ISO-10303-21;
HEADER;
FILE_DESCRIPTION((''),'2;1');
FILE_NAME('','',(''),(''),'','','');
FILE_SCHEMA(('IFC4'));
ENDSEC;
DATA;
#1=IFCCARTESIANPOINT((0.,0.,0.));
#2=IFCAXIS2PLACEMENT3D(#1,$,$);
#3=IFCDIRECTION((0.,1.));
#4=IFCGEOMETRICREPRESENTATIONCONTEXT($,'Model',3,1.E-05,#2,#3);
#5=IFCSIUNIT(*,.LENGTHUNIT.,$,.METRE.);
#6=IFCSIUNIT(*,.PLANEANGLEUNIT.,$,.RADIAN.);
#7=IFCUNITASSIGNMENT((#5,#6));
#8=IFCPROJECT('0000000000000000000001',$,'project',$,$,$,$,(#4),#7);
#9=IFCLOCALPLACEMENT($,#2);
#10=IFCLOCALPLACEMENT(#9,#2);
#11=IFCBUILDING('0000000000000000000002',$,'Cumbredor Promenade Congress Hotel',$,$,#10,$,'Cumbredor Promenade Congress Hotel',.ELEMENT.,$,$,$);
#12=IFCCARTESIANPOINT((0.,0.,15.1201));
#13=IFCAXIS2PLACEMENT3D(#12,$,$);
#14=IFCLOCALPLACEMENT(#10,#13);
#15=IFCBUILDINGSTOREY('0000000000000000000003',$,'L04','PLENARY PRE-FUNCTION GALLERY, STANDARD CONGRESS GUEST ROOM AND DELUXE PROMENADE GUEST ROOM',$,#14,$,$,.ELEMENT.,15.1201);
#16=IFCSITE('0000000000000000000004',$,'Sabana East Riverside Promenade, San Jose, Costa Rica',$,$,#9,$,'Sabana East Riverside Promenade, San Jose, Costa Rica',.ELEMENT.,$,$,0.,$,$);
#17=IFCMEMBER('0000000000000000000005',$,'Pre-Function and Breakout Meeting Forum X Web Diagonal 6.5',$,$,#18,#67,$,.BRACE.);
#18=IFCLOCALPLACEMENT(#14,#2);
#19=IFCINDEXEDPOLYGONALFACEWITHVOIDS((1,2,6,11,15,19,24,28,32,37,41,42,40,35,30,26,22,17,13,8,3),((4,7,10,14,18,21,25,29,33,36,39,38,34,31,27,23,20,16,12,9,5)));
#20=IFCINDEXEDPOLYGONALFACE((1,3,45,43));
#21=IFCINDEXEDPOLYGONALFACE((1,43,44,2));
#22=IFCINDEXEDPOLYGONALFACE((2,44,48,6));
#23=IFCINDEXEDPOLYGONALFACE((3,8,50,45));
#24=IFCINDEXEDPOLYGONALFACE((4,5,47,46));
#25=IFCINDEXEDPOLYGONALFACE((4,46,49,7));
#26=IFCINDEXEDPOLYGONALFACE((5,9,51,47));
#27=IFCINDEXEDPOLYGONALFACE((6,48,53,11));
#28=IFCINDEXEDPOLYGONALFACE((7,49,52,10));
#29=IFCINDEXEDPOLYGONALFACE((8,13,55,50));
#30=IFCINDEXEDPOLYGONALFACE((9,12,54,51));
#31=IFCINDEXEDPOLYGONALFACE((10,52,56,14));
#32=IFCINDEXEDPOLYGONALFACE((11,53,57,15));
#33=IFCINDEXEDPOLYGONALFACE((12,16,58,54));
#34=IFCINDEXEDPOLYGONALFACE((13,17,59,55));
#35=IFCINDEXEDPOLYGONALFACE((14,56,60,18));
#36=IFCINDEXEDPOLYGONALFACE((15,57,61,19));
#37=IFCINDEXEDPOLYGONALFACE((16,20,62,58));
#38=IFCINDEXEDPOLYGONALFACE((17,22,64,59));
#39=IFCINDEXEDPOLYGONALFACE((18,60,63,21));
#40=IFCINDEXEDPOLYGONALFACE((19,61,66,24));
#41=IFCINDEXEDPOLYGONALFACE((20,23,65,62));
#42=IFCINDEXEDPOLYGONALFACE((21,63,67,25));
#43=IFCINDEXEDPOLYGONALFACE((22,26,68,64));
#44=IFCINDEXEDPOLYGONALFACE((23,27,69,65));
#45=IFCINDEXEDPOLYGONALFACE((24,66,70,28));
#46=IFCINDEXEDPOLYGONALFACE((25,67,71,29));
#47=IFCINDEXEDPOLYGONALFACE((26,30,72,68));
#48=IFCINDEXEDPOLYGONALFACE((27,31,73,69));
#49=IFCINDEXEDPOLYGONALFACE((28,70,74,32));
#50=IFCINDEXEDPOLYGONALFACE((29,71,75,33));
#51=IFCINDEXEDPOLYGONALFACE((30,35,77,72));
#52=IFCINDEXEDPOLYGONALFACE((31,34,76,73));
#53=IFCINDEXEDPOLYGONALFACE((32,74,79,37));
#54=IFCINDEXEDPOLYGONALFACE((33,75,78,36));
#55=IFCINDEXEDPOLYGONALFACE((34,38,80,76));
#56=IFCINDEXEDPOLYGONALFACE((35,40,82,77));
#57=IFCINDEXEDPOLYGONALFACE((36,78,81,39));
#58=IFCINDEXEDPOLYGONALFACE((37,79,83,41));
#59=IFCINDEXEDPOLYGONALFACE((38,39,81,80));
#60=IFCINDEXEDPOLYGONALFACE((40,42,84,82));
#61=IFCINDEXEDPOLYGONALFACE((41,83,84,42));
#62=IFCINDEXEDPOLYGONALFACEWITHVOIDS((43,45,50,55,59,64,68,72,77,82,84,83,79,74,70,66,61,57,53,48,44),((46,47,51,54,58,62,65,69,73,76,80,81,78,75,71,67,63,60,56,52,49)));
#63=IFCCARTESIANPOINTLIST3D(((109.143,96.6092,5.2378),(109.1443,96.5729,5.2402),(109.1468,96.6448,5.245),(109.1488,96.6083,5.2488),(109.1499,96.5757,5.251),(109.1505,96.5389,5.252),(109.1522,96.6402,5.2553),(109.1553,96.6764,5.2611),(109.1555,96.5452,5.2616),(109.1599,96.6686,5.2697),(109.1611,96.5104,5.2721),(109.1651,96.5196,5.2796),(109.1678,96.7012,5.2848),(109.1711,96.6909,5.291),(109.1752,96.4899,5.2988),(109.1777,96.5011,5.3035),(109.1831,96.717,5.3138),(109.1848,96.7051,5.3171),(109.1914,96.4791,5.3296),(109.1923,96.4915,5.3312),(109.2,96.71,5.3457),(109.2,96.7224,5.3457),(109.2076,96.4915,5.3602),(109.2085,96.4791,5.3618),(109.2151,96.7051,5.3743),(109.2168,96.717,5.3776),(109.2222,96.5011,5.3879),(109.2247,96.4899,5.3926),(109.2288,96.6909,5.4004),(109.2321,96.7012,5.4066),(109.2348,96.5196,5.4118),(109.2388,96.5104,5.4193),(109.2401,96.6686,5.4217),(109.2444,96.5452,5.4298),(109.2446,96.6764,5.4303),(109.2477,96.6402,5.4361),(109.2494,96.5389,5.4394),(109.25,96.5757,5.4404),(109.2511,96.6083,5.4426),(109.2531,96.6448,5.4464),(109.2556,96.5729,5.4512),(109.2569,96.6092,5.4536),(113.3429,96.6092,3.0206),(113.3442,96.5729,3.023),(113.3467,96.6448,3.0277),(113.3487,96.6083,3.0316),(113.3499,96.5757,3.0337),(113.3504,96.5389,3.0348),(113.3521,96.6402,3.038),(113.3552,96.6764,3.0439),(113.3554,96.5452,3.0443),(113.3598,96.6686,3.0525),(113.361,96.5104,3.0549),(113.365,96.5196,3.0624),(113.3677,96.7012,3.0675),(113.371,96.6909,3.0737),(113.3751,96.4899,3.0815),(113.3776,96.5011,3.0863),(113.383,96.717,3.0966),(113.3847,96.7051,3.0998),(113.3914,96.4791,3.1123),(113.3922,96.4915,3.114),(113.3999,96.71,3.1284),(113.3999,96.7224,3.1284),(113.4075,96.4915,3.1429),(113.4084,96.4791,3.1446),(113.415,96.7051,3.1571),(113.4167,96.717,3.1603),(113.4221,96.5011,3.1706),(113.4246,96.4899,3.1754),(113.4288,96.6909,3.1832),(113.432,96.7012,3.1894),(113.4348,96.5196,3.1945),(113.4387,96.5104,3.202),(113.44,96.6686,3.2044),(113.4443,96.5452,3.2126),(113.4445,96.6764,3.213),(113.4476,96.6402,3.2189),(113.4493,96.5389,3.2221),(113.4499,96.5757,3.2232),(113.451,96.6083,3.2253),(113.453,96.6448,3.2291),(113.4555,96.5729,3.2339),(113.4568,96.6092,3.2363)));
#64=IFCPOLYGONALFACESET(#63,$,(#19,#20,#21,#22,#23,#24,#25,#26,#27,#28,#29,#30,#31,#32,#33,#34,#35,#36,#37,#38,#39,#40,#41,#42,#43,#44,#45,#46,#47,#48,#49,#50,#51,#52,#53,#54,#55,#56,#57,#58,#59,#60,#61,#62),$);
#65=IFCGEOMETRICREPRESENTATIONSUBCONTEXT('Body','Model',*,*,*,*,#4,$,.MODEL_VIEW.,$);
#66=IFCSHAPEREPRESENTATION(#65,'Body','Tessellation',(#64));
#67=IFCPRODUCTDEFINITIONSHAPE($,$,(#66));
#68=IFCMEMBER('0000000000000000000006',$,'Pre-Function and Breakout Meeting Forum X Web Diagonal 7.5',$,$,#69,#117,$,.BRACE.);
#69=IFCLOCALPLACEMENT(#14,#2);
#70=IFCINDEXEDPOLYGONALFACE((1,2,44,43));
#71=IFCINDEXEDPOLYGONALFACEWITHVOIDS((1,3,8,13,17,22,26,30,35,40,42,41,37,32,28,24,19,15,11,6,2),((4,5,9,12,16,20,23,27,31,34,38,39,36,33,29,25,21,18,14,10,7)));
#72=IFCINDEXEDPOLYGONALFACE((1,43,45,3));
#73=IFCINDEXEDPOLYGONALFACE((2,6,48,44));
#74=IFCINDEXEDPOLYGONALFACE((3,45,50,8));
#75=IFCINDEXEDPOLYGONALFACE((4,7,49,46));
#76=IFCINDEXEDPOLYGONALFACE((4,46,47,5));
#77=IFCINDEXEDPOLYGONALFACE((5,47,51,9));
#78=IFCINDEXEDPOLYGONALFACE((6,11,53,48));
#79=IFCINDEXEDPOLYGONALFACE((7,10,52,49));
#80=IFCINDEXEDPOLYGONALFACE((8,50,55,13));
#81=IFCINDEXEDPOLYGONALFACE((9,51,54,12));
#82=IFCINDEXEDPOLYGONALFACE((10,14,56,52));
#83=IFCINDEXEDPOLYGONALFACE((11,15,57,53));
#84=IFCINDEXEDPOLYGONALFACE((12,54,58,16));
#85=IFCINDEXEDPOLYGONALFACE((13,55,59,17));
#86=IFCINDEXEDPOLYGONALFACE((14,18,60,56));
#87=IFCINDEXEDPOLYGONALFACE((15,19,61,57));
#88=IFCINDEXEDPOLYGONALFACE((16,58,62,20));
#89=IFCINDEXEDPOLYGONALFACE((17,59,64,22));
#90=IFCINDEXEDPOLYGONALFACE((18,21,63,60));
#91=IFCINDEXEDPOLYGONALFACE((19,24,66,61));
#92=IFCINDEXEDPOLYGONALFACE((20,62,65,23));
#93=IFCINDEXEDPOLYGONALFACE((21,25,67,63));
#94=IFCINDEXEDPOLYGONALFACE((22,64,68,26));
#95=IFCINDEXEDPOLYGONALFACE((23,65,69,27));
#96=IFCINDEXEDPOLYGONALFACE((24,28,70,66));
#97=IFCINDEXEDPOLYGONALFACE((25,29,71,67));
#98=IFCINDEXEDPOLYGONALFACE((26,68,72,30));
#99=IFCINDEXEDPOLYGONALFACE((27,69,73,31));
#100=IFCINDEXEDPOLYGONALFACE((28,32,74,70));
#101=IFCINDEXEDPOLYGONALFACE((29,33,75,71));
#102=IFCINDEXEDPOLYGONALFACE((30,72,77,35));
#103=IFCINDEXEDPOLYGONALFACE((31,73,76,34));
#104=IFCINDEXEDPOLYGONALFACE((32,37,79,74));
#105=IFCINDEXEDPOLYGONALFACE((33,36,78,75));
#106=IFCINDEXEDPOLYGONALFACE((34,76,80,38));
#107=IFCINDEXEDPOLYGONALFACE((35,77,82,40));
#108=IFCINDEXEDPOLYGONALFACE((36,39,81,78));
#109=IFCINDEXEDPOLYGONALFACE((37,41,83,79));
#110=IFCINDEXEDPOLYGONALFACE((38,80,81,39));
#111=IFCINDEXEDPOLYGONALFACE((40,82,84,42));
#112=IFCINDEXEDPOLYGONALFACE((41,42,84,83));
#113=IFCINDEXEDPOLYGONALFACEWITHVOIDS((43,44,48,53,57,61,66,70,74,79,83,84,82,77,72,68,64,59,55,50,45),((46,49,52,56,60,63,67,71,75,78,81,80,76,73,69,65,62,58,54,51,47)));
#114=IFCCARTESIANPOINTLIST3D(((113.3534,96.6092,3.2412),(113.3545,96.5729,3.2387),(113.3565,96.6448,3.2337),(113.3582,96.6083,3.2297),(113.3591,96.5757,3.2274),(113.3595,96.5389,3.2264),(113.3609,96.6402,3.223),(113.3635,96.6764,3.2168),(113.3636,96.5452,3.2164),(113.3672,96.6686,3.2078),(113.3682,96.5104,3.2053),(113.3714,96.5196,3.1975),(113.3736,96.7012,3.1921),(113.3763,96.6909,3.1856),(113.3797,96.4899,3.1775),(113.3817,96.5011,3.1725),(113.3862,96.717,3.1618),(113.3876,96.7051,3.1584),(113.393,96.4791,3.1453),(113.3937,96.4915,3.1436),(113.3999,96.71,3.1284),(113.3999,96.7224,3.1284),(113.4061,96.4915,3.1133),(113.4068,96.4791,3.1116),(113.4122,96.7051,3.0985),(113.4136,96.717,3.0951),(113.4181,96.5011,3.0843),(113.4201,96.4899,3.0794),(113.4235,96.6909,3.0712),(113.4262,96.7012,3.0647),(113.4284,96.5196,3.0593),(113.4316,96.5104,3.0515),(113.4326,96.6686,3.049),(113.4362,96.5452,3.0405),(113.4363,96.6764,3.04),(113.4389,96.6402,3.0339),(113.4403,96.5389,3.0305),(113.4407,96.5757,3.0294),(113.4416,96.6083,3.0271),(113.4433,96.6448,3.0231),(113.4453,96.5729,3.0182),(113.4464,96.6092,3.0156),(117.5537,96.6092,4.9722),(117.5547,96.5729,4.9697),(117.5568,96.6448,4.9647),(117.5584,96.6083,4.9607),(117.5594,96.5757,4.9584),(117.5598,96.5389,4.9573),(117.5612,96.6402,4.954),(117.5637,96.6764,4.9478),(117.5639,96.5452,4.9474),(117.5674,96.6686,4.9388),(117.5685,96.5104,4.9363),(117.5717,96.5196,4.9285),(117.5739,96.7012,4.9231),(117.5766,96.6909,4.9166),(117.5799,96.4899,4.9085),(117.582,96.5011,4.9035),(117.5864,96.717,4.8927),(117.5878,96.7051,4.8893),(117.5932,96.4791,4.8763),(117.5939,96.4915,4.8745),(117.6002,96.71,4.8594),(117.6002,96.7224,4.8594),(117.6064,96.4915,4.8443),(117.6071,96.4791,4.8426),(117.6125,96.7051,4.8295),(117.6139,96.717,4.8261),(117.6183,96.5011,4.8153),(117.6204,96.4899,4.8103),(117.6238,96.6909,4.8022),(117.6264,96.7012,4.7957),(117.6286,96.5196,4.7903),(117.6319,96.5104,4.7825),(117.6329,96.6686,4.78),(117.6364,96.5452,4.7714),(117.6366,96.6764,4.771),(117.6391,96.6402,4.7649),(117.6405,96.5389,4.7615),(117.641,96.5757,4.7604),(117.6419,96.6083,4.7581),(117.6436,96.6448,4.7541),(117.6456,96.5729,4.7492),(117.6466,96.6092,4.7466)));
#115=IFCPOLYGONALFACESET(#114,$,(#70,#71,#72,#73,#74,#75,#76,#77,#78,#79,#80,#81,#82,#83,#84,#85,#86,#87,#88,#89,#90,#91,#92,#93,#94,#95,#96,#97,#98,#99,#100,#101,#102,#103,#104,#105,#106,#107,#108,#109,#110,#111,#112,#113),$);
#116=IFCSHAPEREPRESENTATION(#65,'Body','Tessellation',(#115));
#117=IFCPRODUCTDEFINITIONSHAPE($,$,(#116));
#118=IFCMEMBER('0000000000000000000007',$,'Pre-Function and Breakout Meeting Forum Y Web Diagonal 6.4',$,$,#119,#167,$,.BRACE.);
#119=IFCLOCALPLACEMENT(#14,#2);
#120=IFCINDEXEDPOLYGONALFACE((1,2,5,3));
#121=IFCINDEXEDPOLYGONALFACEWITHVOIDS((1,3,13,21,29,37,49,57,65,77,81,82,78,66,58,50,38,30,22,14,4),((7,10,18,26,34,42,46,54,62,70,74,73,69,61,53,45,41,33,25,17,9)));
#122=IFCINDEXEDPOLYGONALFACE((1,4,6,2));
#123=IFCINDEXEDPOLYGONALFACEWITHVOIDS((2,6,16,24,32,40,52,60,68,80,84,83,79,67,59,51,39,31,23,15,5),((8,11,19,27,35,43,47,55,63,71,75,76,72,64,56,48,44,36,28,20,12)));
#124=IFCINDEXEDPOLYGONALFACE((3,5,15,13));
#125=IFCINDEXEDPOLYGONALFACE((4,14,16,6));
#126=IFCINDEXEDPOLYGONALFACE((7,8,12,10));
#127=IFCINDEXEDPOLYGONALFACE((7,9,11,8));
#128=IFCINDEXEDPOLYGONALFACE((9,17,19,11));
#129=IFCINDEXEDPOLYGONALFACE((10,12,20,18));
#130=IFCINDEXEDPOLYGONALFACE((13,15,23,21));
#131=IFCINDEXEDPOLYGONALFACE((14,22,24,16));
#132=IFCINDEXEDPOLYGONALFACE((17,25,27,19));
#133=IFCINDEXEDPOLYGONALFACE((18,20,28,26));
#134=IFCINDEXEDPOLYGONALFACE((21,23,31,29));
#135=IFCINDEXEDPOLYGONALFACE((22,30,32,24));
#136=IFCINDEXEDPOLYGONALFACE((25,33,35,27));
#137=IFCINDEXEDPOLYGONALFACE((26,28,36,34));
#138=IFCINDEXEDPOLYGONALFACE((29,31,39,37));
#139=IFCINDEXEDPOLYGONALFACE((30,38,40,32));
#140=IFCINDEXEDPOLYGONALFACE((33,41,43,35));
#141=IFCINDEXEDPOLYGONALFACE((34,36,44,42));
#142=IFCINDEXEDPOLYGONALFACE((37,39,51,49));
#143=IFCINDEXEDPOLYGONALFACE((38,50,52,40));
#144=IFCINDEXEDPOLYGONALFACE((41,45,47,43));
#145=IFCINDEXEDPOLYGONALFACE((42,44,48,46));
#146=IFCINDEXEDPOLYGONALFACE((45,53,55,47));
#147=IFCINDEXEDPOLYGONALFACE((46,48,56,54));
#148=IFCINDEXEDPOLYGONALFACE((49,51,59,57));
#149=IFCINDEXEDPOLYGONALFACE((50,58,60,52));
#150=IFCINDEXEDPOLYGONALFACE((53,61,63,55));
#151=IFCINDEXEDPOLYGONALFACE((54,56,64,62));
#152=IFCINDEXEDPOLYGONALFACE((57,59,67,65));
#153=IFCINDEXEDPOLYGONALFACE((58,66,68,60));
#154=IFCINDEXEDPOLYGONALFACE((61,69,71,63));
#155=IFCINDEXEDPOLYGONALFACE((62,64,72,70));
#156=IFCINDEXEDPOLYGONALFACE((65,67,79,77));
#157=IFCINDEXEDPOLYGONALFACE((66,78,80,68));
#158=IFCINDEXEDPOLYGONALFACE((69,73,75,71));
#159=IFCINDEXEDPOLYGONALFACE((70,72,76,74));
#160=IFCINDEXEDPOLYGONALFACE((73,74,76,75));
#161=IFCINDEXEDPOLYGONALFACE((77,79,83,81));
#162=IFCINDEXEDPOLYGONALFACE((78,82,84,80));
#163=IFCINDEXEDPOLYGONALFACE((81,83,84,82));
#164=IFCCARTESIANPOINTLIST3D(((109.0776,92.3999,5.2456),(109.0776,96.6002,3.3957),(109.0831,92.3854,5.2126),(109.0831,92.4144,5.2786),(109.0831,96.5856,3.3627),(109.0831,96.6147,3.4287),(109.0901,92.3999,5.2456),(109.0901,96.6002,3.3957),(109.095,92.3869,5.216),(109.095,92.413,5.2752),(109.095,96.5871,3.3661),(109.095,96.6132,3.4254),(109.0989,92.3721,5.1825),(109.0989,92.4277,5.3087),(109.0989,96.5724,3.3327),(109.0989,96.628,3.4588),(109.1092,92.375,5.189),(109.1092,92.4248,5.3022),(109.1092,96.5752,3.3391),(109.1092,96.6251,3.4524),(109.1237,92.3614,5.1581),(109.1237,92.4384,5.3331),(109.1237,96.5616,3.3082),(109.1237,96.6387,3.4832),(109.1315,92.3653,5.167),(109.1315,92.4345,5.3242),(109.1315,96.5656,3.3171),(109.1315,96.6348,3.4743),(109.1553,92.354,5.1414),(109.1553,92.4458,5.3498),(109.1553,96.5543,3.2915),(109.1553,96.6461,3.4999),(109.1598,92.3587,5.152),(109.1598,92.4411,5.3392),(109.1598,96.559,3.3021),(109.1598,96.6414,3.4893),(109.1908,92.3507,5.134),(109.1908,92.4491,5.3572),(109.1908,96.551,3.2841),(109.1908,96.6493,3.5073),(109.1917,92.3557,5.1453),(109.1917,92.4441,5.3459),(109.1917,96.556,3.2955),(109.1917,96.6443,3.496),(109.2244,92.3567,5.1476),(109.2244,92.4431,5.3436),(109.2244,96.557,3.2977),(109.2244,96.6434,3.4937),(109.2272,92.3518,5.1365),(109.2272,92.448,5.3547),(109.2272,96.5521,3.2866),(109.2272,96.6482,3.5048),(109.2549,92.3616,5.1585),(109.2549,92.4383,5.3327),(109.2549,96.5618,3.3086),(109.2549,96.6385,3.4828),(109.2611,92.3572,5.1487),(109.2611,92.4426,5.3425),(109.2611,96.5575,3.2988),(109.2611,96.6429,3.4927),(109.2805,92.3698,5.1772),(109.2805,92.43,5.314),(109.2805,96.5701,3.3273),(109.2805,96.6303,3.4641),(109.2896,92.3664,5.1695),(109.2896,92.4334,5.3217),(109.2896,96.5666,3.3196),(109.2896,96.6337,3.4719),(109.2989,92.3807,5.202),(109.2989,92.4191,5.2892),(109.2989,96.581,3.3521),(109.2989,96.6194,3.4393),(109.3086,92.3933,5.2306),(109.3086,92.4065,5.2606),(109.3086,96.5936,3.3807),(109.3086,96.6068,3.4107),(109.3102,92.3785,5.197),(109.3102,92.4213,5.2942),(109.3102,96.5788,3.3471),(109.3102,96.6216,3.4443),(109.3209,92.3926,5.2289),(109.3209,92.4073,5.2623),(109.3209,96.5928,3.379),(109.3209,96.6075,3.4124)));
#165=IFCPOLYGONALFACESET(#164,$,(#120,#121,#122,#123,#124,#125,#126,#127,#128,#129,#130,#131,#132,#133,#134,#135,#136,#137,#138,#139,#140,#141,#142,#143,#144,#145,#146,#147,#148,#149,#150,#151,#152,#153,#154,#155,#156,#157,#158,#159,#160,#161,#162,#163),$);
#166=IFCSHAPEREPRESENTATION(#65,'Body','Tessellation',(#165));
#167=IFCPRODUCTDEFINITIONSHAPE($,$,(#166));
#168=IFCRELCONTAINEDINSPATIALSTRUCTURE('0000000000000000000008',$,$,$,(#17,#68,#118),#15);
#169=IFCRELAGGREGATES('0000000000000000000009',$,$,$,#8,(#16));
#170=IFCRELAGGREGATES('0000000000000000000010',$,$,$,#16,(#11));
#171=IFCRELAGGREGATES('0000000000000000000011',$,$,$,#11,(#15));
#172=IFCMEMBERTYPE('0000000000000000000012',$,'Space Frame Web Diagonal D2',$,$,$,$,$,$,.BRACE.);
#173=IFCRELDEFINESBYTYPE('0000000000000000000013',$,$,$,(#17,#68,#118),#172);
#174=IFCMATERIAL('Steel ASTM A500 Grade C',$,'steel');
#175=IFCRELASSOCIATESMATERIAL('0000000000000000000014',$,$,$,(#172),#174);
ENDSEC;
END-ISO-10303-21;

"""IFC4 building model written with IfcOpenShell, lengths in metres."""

from ifc_helpers import new_model, si_unit, direction, frame, origin, origin_2d, place, context, subcontext, project, spatial, hollow_circle, extrude, material, material_profile, profile_set, type_object, element, save


model = new_model("IFC4")

# Units and contexts
model_context = context("Model", 3, precision=1e-05, world=origin(), true_north=direction((0.0, 1.0)))
body_context = subcontext(model_context, "Body", "Model", "MODEL_VIEW")
ifc_project = project(units=[si_unit("LENGTHUNIT", "METRE"), si_unit("PLANEANGLEUNIT", "RADIAN")], contexts=[model_context])

# Site, building, storey
site_placement = place(None, origin())
site = spatial("IfcSite", under=ifc_project, at=site_placement, Name="Sabana East Riverside Promenade, San Jose, Costa Rica", LongName="Sabana East Riverside Promenade, San Jose, Costa Rica", CompositionType="ELEMENT", RefElevation=0.0)
building_placement = place(site_placement, origin())
building = spatial("IfcBuilding", under=site, at=building_placement, Name="Cumbredor Promenade Congress Hotel", LongName="Cumbredor Promenade Congress Hotel", CompositionType="ELEMENT")
storey_placement = place(building_placement, frame((0.0, 0.0, 15.1201)))
storey = spatial("IfcBuildingStorey", under=building, at=storey_placement, Name="L04", Description="PLENARY PRE-FUNCTION GALLERY, STANDARD CONGRESS GUEST ROOM AND DELUXE PROMENADE GUEST ROOM", CompositionType="ELEMENT", Elevation=15.1201)

# Members
ifc_material_1 = material(Name="Steel ASTM A500 Grade C", Category="steel")
ifc_material_profile_1 = material_profile(ifc_material_1, hollow_circle(Radius=0.1223, WallThickness=0.0125, at=origin_2d()), Name="CHS 244.5x12.5")
ifc_profile_set_1 = profile_set([ifc_material_profile_1], Name="Steel ASTM A500 Grade C")
member_type_1 = type_object("IfcMemberType", Name="Space Frame Web Diagonal D2", PredefinedType="BRACE", material=ifc_profile_set_1)
member_1_placement = place(storey_placement, frame((109.2, 96.6001, 5.3457), z_axis=(0.884329, 0.0, -0.466865), x_axis=(0.0, 1.0, 0.0)))
element("IfcMember", 1, at=member_1_placement, inside=storey, type_object=member_type_1, Name="Pre-Function and Breakout Meeting Forum X Web Diagonal 6.5", PredefinedType="BRACE", context=body_context, shape_type="SweptSolid", body=[
    extrude(hollow_circle(Radius=0.1223, WallThickness=0.0125, at=origin_2d()), origin(), (0.0, 0.0, 1.0), 4.7493),
])
member_2_placement = place(storey_placement, frame((113.3999, 96.6001, 3.1284), z_axis=(0.924565, 0.0, 0.381025), x_axis=(0.0, 1.0, 0.0)))
element("IfcMember", 2, at=member_2_placement, inside=storey, type_object=member_type_1, Name="Pre-Function and Breakout Meeting Forum X Web Diagonal 7.5", PredefinedType="BRACE", context=body_context, shape_type="SweptSolid", body=[
    extrude(hollow_circle(Radius=0.1223, WallThickness=0.0125, at=origin_2d()), origin(), (0.0, 0.0, 1.0), 4.543),
])
member_3_placement = place(storey_placement, frame((109.2, 92.3999, 5.2456), z_axis=(0.0, 0.915173, -0.403061), x_axis=(-1.0, 0.0, 0.0)))
element("IfcMember", 3, at=member_3_placement, inside=storey, type_object=member_type_1, Name="Pre-Function and Breakout Meeting Forum Y Web Diagonal 6.4", PredefinedType="BRACE", context=body_context, shape_type="SweptSolid", body=[
    extrude(hollow_circle(Radius=0.1223, WallThickness=0.0125, at=origin_2d()), origin(), (0.0, 0.0, 1.0), 4.5896),
])

save(model, "model.ifc")
